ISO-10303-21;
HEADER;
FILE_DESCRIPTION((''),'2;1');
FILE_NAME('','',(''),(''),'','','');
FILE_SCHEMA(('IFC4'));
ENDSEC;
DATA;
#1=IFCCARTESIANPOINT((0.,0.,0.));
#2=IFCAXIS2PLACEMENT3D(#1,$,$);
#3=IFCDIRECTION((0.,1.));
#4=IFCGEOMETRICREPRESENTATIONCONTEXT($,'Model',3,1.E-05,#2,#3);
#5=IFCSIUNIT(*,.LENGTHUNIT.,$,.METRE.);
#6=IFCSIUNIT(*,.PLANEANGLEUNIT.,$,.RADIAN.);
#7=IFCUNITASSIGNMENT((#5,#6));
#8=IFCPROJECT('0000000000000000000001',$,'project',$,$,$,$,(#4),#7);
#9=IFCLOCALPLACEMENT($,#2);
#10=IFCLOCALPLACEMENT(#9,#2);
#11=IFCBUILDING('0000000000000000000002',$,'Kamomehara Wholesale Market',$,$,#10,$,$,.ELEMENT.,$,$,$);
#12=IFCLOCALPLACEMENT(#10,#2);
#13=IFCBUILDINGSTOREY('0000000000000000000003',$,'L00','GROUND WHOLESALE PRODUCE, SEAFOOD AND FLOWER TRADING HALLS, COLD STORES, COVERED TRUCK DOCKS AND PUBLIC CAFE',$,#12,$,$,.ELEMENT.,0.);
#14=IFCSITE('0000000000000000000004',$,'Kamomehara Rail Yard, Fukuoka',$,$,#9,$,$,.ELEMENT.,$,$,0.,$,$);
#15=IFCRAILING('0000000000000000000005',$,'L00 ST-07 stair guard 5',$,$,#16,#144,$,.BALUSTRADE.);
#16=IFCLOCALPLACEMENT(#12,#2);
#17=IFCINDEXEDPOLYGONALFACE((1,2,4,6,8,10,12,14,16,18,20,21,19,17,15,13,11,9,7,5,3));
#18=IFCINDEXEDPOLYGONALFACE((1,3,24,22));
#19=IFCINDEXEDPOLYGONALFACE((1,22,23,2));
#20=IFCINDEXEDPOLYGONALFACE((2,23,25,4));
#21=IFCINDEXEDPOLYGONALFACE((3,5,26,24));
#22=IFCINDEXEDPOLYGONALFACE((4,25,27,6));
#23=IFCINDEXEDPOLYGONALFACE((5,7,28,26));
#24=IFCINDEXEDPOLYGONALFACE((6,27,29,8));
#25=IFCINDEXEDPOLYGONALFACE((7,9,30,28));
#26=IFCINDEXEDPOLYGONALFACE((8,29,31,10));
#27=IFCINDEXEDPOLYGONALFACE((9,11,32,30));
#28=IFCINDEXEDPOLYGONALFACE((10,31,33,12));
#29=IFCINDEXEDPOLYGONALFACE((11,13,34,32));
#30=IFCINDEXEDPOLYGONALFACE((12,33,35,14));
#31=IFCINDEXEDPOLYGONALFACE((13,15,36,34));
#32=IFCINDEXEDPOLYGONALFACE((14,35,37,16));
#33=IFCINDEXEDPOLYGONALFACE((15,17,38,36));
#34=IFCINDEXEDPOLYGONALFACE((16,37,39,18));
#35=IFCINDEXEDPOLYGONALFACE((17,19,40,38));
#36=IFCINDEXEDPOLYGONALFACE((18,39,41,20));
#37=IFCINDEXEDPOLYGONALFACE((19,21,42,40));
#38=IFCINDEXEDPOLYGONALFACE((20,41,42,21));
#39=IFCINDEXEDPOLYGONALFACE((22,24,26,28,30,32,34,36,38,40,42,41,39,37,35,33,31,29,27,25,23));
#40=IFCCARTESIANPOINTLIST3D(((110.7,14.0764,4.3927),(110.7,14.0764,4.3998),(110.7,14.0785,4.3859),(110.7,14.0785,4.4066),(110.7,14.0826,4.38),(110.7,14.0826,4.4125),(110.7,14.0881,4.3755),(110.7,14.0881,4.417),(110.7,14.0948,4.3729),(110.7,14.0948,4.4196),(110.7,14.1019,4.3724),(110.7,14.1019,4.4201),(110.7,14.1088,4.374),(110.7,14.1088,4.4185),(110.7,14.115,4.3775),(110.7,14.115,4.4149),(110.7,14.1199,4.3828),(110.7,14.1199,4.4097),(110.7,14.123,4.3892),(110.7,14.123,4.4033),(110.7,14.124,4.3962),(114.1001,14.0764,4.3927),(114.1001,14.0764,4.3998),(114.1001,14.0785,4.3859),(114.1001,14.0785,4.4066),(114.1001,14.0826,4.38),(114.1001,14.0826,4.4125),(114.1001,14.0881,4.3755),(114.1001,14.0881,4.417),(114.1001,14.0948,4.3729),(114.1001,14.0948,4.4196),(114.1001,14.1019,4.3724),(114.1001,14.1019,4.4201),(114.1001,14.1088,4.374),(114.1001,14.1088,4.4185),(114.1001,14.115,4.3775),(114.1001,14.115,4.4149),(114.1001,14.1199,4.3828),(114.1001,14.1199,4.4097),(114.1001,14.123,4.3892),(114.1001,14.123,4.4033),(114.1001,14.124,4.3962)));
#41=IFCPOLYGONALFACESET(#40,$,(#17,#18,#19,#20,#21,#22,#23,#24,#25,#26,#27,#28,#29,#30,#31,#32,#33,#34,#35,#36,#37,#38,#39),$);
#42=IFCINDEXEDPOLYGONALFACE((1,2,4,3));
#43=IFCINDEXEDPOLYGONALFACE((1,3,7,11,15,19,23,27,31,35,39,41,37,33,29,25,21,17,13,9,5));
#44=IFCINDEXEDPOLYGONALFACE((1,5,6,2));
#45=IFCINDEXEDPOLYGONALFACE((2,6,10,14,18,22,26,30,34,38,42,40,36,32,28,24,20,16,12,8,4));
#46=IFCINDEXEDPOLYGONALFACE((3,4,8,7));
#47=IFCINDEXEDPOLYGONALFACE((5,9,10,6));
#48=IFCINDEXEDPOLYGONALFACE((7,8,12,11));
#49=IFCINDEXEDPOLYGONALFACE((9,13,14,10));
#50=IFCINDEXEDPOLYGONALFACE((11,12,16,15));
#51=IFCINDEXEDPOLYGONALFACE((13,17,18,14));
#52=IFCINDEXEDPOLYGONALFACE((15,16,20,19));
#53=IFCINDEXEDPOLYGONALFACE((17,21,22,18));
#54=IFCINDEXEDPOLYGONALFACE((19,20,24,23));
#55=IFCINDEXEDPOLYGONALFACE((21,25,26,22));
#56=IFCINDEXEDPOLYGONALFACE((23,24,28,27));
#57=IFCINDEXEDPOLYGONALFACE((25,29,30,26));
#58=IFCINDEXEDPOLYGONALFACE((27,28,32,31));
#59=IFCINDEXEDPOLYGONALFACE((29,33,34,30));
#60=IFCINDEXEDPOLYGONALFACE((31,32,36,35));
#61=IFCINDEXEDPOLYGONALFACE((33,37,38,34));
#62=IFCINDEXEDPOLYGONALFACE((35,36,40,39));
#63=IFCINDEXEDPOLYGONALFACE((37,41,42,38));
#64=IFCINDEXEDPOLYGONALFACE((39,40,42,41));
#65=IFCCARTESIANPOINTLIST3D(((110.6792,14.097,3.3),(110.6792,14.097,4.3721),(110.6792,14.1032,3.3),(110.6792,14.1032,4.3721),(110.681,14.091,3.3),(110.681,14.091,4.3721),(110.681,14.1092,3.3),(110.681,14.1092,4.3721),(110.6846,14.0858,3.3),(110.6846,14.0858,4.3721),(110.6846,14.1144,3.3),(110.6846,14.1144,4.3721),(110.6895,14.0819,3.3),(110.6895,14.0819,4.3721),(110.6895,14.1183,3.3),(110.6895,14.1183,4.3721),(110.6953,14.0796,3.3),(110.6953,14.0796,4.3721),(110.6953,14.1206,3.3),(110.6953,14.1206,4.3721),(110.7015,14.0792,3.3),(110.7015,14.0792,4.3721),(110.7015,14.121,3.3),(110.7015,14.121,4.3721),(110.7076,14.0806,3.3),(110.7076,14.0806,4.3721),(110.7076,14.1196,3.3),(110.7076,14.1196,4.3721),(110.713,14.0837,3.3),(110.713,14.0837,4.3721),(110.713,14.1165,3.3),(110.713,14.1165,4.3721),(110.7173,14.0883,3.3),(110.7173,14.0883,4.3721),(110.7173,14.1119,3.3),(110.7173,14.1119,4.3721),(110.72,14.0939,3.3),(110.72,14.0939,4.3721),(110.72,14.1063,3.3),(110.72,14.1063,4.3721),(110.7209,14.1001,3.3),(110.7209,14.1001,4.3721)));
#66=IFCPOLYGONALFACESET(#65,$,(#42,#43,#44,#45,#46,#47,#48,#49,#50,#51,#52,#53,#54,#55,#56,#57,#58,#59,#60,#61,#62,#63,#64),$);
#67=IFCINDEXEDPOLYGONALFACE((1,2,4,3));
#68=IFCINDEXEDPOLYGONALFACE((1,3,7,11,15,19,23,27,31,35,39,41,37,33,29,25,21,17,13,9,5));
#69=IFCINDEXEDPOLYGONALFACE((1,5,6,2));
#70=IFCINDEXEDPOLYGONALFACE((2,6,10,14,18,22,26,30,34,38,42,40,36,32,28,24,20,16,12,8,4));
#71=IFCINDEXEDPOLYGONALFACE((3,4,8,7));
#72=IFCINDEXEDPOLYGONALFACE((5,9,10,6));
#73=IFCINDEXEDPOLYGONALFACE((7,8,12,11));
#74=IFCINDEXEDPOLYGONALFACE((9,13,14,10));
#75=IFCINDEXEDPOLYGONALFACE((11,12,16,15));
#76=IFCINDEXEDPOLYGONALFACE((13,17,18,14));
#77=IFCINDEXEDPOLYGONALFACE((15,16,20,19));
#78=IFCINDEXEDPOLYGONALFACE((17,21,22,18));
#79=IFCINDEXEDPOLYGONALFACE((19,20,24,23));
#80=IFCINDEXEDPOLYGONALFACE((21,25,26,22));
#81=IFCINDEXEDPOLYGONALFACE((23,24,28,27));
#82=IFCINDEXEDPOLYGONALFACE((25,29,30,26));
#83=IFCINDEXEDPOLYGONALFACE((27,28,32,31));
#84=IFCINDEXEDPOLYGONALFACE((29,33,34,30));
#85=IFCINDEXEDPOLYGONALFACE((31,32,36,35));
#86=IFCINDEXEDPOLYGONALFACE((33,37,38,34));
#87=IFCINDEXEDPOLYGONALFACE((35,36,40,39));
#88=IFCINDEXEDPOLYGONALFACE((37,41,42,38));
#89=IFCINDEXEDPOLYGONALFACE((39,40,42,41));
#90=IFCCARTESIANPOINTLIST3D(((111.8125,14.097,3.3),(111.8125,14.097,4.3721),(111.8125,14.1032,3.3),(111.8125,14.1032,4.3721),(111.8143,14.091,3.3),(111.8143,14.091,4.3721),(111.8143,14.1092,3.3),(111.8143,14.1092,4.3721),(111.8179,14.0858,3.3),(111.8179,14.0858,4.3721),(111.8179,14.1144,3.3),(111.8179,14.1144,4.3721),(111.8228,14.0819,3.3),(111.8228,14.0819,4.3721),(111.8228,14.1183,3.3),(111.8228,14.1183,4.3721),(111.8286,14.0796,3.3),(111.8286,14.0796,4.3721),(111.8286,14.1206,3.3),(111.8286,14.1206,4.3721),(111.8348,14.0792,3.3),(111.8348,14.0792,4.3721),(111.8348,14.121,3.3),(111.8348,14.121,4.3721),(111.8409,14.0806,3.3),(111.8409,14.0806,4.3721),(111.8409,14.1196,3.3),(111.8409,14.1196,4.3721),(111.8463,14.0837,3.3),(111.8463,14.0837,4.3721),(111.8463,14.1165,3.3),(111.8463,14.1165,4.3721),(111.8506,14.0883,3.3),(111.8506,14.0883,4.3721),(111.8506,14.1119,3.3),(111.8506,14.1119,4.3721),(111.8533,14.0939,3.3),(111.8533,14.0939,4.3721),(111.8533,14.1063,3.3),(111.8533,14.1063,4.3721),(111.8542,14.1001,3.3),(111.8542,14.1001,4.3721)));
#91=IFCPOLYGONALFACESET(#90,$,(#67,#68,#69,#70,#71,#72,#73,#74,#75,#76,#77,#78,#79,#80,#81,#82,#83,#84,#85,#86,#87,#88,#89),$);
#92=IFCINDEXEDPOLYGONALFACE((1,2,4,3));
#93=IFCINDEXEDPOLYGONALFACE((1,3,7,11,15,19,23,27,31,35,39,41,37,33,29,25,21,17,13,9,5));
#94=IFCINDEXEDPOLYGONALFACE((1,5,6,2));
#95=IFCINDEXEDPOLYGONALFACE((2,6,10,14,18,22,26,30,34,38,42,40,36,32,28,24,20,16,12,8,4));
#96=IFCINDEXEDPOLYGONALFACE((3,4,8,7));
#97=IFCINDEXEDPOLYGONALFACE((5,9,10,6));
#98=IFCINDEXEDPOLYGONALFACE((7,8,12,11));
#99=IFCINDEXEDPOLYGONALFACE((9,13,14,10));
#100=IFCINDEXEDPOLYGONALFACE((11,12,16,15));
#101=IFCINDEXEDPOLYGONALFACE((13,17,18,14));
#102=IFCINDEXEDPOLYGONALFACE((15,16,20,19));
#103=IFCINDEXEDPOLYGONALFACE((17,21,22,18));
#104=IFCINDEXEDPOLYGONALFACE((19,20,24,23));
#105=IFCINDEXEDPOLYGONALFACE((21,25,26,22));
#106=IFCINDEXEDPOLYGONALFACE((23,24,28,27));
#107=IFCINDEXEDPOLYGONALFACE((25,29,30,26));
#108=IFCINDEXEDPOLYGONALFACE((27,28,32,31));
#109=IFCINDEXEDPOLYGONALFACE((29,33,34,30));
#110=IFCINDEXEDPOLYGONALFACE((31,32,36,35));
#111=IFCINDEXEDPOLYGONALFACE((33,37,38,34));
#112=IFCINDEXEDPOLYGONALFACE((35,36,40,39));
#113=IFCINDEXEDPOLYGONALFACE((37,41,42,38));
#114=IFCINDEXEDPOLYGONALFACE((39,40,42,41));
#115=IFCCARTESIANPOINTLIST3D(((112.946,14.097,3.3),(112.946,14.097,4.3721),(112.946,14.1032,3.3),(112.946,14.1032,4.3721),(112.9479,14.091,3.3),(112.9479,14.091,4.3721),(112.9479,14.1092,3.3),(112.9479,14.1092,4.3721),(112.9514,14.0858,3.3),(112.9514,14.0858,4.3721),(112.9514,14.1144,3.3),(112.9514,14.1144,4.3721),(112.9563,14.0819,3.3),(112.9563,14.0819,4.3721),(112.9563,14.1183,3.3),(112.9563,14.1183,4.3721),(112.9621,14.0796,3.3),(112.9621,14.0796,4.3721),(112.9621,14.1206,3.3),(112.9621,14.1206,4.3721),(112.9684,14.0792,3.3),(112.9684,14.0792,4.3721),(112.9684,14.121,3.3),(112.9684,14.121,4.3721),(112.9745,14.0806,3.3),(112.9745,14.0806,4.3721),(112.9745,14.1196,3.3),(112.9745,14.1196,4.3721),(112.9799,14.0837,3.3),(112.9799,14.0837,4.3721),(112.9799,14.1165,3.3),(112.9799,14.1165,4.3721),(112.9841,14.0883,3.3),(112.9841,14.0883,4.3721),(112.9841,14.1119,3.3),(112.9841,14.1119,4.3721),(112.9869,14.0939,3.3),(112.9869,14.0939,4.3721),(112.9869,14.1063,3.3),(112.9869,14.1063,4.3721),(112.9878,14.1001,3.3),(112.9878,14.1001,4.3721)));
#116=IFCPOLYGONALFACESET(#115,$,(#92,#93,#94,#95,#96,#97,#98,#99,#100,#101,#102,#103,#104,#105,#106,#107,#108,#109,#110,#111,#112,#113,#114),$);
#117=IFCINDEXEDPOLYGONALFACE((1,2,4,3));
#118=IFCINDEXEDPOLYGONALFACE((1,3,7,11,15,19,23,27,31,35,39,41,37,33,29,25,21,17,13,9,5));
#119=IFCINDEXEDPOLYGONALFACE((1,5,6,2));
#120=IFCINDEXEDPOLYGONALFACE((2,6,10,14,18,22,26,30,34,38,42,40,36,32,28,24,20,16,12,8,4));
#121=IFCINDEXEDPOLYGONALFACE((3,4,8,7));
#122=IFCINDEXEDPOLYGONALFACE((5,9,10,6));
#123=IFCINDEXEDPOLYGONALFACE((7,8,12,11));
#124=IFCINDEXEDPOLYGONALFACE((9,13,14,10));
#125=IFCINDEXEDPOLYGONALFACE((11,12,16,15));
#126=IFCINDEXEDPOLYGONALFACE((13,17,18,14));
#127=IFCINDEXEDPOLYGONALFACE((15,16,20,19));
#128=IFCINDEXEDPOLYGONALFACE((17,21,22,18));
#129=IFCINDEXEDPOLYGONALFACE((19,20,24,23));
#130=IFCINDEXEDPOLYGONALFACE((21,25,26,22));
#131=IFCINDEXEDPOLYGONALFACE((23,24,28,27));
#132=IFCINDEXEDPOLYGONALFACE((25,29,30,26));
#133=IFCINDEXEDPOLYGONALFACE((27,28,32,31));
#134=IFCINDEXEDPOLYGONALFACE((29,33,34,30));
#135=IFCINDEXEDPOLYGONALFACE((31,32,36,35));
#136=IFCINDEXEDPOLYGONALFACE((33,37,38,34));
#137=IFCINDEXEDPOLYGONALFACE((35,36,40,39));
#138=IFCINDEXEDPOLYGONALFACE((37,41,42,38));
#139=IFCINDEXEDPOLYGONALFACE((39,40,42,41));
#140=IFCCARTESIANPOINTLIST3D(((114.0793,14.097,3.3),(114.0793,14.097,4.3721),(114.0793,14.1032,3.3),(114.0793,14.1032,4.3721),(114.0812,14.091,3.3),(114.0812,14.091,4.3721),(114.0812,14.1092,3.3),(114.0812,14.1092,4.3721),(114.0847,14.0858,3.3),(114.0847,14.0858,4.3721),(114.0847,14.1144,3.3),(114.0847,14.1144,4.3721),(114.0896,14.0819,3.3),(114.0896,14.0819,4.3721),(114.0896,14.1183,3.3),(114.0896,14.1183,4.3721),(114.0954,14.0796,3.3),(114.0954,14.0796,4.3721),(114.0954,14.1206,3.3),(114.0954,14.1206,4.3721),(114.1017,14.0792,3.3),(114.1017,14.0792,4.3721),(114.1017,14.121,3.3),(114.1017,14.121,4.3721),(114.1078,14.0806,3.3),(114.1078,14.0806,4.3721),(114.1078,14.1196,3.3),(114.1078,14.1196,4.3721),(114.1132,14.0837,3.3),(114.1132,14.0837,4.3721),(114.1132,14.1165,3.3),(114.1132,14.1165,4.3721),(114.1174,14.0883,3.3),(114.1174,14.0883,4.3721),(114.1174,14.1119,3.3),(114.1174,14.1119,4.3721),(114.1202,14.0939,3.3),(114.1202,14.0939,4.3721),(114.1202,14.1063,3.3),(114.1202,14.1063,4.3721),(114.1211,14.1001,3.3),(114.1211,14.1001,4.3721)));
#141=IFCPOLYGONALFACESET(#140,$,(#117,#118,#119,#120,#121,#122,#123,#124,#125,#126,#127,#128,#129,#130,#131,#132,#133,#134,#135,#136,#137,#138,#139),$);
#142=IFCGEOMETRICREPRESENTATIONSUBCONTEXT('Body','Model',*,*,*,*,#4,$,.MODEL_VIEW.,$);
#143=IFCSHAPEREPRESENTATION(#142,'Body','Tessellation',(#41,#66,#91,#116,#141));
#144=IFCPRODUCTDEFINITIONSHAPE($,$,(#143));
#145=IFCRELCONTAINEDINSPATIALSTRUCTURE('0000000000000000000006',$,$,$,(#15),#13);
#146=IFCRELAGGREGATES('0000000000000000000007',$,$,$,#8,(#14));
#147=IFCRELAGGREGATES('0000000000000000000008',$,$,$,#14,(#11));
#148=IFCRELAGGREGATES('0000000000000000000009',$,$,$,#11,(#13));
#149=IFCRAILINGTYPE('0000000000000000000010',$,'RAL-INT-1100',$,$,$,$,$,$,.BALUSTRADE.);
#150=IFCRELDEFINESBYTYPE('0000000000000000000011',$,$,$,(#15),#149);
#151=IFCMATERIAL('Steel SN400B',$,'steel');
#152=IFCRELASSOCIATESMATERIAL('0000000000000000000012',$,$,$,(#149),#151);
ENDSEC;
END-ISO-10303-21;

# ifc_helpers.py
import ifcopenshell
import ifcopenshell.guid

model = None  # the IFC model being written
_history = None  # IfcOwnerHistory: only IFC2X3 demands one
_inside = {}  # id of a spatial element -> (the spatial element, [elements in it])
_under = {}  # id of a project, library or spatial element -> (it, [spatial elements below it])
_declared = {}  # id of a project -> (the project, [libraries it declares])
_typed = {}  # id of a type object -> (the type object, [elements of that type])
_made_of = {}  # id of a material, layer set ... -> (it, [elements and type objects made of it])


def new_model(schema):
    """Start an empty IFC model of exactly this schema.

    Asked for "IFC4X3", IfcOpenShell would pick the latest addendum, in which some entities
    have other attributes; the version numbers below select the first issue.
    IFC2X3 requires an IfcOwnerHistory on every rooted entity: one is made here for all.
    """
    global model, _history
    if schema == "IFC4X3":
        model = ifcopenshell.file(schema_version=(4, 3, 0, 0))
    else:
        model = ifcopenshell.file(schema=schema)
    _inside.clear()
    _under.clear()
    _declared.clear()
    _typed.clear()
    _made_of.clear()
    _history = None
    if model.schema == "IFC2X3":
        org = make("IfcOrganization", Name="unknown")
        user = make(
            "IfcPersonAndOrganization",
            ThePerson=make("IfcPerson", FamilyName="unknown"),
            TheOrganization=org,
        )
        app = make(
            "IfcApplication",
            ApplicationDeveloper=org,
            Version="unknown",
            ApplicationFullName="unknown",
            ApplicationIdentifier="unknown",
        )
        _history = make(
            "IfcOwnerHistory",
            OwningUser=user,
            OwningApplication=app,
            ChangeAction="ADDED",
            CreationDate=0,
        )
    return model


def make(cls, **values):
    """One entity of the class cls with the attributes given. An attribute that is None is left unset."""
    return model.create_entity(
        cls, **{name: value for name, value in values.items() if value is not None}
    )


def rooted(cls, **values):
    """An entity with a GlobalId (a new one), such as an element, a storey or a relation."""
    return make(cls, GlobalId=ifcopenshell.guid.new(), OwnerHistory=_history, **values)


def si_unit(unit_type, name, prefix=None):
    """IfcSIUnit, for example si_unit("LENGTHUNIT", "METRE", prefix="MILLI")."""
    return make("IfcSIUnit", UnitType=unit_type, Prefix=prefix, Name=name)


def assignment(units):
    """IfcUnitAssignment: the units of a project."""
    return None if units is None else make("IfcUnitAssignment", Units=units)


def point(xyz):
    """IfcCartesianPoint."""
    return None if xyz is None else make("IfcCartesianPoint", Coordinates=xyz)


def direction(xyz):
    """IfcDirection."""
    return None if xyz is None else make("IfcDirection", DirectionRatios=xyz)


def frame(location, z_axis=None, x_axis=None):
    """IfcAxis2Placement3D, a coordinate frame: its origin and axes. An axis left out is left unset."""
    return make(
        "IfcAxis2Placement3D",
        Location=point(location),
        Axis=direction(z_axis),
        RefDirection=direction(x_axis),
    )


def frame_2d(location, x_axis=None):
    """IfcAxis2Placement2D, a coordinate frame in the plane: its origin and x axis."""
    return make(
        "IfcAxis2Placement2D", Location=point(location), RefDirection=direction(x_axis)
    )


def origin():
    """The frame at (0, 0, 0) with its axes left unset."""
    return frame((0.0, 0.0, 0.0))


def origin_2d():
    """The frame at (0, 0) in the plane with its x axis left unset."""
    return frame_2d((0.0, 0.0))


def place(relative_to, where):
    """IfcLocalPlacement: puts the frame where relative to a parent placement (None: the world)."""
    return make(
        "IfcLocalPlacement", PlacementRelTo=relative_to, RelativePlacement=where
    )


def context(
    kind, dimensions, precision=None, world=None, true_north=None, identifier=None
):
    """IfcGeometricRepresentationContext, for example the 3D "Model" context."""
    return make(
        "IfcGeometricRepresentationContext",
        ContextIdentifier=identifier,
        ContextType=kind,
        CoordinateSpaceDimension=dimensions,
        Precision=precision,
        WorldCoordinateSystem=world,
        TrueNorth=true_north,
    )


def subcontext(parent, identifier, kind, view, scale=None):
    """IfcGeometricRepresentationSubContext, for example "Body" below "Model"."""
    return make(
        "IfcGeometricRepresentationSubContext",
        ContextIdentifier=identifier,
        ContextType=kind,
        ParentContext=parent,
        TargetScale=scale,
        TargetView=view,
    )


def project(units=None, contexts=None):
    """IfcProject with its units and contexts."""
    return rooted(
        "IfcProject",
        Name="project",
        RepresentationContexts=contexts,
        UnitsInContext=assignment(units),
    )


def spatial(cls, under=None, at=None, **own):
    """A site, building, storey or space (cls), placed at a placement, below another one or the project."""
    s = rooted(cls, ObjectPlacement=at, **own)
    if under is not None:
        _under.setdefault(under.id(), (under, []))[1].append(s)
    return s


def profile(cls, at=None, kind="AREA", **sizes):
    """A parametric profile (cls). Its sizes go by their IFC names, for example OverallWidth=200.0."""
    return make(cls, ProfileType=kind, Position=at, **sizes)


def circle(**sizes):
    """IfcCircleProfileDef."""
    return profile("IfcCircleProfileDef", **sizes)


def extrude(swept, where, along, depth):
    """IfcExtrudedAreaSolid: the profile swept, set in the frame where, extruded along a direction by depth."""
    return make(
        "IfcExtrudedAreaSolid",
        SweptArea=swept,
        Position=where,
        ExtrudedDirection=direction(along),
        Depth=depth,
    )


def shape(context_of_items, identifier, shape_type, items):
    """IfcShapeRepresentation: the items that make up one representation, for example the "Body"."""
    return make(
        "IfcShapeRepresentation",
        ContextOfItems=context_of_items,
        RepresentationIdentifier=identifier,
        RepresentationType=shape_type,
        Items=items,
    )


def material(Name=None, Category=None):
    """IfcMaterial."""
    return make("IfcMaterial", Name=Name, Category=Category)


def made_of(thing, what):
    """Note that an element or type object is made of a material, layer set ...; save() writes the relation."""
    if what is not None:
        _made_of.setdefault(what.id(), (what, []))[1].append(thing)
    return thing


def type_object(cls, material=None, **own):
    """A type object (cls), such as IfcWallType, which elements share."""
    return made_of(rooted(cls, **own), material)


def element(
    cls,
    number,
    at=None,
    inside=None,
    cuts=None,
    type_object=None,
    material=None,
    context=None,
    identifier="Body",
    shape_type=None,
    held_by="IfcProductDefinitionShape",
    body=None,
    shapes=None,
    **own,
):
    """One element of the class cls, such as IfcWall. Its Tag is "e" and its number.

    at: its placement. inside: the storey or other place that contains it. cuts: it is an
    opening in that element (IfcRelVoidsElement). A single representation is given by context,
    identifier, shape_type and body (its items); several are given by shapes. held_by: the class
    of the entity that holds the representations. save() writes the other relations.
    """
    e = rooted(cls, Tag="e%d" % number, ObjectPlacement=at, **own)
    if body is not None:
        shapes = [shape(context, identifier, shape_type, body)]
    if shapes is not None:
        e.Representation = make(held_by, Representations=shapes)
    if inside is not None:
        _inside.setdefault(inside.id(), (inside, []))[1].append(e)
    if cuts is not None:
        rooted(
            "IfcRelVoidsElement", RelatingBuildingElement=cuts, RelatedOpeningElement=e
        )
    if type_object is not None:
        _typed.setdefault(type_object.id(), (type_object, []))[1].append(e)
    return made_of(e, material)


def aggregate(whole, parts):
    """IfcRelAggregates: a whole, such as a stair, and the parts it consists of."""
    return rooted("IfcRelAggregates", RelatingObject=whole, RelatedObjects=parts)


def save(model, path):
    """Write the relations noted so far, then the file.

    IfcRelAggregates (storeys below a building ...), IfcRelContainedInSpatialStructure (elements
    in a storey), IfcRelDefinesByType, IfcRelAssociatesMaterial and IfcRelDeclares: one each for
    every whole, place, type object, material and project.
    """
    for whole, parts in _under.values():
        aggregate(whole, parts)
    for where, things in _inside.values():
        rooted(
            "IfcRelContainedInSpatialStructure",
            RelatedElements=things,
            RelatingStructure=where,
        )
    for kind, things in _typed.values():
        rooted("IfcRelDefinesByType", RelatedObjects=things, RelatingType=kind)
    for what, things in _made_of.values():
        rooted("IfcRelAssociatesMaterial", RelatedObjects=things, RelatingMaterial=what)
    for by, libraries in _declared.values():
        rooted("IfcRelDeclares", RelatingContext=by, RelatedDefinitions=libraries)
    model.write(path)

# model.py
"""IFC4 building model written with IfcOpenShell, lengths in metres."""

from ifc_helpers import new_model, si_unit, direction, frame, origin, origin_2d, place, context, subcontext, project, spatial, circle, extrude, material, type_object, element, save


model = new_model("IFC4")

# Units and contexts
model_context = context("Model", 3, precision=1e-05, world=origin(), true_north=direction((0.0, 1.0)))
body_context = subcontext(model_context, "Body", "Model", "MODEL_VIEW")
ifc_project = project(units=[si_unit("LENGTHUNIT", "METRE"), si_unit("PLANEANGLEUNIT", "RADIAN")], contexts=[model_context])

# Site, building, storey
site_placement = place(None, origin())
site = spatial("IfcSite", under=ifc_project, at=site_placement, Name="Kamomehara Rail Yard, Fukuoka", CompositionType="ELEMENT", RefElevation=0.0)
building_placement = place(site_placement, origin())
building = spatial("IfcBuilding", under=site, at=building_placement, Name="Kamomehara Wholesale Market", CompositionType="ELEMENT")
storey_placement = place(building_placement, origin())
storey = spatial("IfcBuildingStorey", under=building, at=storey_placement, Name="L00", Description="GROUND WHOLESALE PRODUCE, SEAFOOD AND FLOWER TRADING HALLS, COLD STORES, COVERED TRUCK DOCKS AND PUBLIC CAFE", CompositionType="ELEMENT", Elevation=0.0)

# Railing
ifc_material_1 = material(Name="Steel SN400B", Category="steel")
railing_type_1 = type_object("IfcRailingType", Name="RAL-INT-1100", PredefinedType="BALUSTRADE", material=ifc_material_1)
railing_1_placement = place(storey_placement, frame((110.7, 14.1001, 3.3)))
element("IfcRailing", 1, at=railing_1_placement, inside=storey, type_object=railing_type_1, Name="L00 ST-07 stair guard 5", PredefinedType="BALUSTRADE", context=body_context, shape_type="SweptSolid", body=[
    extrude(circle(Radius=0.0239, at=origin_2d()), frame((0.0, 0.0, 1.0962), z_axis=(1.0, 0.0, 0.0), x_axis=(0.0, 1.0, 0.0)), (0.0, 0.0, 1.0), 3.4001),
    extrude(circle(Radius=0.021, at=origin_2d()), origin(), (0.0, 0.0, 1.0), 1.072),
    extrude(circle(Radius=0.021, at=origin_2d()), frame((1.1333, 0.0, 0.0)), (0.0, 0.0, 1.0), 1.072),
    extrude(circle(Radius=0.021, at=origin_2d()), frame((2.2668, 0.0, 0.0)), (0.0, 0.0, 1.0), 1.072),
    extrude(circle(Radius=0.021, at=origin_2d()), frame((3.4001, 0.0, 0.0)), (0.0, 0.0, 1.0), 1.072),
])

save(model, "model.ifc")
